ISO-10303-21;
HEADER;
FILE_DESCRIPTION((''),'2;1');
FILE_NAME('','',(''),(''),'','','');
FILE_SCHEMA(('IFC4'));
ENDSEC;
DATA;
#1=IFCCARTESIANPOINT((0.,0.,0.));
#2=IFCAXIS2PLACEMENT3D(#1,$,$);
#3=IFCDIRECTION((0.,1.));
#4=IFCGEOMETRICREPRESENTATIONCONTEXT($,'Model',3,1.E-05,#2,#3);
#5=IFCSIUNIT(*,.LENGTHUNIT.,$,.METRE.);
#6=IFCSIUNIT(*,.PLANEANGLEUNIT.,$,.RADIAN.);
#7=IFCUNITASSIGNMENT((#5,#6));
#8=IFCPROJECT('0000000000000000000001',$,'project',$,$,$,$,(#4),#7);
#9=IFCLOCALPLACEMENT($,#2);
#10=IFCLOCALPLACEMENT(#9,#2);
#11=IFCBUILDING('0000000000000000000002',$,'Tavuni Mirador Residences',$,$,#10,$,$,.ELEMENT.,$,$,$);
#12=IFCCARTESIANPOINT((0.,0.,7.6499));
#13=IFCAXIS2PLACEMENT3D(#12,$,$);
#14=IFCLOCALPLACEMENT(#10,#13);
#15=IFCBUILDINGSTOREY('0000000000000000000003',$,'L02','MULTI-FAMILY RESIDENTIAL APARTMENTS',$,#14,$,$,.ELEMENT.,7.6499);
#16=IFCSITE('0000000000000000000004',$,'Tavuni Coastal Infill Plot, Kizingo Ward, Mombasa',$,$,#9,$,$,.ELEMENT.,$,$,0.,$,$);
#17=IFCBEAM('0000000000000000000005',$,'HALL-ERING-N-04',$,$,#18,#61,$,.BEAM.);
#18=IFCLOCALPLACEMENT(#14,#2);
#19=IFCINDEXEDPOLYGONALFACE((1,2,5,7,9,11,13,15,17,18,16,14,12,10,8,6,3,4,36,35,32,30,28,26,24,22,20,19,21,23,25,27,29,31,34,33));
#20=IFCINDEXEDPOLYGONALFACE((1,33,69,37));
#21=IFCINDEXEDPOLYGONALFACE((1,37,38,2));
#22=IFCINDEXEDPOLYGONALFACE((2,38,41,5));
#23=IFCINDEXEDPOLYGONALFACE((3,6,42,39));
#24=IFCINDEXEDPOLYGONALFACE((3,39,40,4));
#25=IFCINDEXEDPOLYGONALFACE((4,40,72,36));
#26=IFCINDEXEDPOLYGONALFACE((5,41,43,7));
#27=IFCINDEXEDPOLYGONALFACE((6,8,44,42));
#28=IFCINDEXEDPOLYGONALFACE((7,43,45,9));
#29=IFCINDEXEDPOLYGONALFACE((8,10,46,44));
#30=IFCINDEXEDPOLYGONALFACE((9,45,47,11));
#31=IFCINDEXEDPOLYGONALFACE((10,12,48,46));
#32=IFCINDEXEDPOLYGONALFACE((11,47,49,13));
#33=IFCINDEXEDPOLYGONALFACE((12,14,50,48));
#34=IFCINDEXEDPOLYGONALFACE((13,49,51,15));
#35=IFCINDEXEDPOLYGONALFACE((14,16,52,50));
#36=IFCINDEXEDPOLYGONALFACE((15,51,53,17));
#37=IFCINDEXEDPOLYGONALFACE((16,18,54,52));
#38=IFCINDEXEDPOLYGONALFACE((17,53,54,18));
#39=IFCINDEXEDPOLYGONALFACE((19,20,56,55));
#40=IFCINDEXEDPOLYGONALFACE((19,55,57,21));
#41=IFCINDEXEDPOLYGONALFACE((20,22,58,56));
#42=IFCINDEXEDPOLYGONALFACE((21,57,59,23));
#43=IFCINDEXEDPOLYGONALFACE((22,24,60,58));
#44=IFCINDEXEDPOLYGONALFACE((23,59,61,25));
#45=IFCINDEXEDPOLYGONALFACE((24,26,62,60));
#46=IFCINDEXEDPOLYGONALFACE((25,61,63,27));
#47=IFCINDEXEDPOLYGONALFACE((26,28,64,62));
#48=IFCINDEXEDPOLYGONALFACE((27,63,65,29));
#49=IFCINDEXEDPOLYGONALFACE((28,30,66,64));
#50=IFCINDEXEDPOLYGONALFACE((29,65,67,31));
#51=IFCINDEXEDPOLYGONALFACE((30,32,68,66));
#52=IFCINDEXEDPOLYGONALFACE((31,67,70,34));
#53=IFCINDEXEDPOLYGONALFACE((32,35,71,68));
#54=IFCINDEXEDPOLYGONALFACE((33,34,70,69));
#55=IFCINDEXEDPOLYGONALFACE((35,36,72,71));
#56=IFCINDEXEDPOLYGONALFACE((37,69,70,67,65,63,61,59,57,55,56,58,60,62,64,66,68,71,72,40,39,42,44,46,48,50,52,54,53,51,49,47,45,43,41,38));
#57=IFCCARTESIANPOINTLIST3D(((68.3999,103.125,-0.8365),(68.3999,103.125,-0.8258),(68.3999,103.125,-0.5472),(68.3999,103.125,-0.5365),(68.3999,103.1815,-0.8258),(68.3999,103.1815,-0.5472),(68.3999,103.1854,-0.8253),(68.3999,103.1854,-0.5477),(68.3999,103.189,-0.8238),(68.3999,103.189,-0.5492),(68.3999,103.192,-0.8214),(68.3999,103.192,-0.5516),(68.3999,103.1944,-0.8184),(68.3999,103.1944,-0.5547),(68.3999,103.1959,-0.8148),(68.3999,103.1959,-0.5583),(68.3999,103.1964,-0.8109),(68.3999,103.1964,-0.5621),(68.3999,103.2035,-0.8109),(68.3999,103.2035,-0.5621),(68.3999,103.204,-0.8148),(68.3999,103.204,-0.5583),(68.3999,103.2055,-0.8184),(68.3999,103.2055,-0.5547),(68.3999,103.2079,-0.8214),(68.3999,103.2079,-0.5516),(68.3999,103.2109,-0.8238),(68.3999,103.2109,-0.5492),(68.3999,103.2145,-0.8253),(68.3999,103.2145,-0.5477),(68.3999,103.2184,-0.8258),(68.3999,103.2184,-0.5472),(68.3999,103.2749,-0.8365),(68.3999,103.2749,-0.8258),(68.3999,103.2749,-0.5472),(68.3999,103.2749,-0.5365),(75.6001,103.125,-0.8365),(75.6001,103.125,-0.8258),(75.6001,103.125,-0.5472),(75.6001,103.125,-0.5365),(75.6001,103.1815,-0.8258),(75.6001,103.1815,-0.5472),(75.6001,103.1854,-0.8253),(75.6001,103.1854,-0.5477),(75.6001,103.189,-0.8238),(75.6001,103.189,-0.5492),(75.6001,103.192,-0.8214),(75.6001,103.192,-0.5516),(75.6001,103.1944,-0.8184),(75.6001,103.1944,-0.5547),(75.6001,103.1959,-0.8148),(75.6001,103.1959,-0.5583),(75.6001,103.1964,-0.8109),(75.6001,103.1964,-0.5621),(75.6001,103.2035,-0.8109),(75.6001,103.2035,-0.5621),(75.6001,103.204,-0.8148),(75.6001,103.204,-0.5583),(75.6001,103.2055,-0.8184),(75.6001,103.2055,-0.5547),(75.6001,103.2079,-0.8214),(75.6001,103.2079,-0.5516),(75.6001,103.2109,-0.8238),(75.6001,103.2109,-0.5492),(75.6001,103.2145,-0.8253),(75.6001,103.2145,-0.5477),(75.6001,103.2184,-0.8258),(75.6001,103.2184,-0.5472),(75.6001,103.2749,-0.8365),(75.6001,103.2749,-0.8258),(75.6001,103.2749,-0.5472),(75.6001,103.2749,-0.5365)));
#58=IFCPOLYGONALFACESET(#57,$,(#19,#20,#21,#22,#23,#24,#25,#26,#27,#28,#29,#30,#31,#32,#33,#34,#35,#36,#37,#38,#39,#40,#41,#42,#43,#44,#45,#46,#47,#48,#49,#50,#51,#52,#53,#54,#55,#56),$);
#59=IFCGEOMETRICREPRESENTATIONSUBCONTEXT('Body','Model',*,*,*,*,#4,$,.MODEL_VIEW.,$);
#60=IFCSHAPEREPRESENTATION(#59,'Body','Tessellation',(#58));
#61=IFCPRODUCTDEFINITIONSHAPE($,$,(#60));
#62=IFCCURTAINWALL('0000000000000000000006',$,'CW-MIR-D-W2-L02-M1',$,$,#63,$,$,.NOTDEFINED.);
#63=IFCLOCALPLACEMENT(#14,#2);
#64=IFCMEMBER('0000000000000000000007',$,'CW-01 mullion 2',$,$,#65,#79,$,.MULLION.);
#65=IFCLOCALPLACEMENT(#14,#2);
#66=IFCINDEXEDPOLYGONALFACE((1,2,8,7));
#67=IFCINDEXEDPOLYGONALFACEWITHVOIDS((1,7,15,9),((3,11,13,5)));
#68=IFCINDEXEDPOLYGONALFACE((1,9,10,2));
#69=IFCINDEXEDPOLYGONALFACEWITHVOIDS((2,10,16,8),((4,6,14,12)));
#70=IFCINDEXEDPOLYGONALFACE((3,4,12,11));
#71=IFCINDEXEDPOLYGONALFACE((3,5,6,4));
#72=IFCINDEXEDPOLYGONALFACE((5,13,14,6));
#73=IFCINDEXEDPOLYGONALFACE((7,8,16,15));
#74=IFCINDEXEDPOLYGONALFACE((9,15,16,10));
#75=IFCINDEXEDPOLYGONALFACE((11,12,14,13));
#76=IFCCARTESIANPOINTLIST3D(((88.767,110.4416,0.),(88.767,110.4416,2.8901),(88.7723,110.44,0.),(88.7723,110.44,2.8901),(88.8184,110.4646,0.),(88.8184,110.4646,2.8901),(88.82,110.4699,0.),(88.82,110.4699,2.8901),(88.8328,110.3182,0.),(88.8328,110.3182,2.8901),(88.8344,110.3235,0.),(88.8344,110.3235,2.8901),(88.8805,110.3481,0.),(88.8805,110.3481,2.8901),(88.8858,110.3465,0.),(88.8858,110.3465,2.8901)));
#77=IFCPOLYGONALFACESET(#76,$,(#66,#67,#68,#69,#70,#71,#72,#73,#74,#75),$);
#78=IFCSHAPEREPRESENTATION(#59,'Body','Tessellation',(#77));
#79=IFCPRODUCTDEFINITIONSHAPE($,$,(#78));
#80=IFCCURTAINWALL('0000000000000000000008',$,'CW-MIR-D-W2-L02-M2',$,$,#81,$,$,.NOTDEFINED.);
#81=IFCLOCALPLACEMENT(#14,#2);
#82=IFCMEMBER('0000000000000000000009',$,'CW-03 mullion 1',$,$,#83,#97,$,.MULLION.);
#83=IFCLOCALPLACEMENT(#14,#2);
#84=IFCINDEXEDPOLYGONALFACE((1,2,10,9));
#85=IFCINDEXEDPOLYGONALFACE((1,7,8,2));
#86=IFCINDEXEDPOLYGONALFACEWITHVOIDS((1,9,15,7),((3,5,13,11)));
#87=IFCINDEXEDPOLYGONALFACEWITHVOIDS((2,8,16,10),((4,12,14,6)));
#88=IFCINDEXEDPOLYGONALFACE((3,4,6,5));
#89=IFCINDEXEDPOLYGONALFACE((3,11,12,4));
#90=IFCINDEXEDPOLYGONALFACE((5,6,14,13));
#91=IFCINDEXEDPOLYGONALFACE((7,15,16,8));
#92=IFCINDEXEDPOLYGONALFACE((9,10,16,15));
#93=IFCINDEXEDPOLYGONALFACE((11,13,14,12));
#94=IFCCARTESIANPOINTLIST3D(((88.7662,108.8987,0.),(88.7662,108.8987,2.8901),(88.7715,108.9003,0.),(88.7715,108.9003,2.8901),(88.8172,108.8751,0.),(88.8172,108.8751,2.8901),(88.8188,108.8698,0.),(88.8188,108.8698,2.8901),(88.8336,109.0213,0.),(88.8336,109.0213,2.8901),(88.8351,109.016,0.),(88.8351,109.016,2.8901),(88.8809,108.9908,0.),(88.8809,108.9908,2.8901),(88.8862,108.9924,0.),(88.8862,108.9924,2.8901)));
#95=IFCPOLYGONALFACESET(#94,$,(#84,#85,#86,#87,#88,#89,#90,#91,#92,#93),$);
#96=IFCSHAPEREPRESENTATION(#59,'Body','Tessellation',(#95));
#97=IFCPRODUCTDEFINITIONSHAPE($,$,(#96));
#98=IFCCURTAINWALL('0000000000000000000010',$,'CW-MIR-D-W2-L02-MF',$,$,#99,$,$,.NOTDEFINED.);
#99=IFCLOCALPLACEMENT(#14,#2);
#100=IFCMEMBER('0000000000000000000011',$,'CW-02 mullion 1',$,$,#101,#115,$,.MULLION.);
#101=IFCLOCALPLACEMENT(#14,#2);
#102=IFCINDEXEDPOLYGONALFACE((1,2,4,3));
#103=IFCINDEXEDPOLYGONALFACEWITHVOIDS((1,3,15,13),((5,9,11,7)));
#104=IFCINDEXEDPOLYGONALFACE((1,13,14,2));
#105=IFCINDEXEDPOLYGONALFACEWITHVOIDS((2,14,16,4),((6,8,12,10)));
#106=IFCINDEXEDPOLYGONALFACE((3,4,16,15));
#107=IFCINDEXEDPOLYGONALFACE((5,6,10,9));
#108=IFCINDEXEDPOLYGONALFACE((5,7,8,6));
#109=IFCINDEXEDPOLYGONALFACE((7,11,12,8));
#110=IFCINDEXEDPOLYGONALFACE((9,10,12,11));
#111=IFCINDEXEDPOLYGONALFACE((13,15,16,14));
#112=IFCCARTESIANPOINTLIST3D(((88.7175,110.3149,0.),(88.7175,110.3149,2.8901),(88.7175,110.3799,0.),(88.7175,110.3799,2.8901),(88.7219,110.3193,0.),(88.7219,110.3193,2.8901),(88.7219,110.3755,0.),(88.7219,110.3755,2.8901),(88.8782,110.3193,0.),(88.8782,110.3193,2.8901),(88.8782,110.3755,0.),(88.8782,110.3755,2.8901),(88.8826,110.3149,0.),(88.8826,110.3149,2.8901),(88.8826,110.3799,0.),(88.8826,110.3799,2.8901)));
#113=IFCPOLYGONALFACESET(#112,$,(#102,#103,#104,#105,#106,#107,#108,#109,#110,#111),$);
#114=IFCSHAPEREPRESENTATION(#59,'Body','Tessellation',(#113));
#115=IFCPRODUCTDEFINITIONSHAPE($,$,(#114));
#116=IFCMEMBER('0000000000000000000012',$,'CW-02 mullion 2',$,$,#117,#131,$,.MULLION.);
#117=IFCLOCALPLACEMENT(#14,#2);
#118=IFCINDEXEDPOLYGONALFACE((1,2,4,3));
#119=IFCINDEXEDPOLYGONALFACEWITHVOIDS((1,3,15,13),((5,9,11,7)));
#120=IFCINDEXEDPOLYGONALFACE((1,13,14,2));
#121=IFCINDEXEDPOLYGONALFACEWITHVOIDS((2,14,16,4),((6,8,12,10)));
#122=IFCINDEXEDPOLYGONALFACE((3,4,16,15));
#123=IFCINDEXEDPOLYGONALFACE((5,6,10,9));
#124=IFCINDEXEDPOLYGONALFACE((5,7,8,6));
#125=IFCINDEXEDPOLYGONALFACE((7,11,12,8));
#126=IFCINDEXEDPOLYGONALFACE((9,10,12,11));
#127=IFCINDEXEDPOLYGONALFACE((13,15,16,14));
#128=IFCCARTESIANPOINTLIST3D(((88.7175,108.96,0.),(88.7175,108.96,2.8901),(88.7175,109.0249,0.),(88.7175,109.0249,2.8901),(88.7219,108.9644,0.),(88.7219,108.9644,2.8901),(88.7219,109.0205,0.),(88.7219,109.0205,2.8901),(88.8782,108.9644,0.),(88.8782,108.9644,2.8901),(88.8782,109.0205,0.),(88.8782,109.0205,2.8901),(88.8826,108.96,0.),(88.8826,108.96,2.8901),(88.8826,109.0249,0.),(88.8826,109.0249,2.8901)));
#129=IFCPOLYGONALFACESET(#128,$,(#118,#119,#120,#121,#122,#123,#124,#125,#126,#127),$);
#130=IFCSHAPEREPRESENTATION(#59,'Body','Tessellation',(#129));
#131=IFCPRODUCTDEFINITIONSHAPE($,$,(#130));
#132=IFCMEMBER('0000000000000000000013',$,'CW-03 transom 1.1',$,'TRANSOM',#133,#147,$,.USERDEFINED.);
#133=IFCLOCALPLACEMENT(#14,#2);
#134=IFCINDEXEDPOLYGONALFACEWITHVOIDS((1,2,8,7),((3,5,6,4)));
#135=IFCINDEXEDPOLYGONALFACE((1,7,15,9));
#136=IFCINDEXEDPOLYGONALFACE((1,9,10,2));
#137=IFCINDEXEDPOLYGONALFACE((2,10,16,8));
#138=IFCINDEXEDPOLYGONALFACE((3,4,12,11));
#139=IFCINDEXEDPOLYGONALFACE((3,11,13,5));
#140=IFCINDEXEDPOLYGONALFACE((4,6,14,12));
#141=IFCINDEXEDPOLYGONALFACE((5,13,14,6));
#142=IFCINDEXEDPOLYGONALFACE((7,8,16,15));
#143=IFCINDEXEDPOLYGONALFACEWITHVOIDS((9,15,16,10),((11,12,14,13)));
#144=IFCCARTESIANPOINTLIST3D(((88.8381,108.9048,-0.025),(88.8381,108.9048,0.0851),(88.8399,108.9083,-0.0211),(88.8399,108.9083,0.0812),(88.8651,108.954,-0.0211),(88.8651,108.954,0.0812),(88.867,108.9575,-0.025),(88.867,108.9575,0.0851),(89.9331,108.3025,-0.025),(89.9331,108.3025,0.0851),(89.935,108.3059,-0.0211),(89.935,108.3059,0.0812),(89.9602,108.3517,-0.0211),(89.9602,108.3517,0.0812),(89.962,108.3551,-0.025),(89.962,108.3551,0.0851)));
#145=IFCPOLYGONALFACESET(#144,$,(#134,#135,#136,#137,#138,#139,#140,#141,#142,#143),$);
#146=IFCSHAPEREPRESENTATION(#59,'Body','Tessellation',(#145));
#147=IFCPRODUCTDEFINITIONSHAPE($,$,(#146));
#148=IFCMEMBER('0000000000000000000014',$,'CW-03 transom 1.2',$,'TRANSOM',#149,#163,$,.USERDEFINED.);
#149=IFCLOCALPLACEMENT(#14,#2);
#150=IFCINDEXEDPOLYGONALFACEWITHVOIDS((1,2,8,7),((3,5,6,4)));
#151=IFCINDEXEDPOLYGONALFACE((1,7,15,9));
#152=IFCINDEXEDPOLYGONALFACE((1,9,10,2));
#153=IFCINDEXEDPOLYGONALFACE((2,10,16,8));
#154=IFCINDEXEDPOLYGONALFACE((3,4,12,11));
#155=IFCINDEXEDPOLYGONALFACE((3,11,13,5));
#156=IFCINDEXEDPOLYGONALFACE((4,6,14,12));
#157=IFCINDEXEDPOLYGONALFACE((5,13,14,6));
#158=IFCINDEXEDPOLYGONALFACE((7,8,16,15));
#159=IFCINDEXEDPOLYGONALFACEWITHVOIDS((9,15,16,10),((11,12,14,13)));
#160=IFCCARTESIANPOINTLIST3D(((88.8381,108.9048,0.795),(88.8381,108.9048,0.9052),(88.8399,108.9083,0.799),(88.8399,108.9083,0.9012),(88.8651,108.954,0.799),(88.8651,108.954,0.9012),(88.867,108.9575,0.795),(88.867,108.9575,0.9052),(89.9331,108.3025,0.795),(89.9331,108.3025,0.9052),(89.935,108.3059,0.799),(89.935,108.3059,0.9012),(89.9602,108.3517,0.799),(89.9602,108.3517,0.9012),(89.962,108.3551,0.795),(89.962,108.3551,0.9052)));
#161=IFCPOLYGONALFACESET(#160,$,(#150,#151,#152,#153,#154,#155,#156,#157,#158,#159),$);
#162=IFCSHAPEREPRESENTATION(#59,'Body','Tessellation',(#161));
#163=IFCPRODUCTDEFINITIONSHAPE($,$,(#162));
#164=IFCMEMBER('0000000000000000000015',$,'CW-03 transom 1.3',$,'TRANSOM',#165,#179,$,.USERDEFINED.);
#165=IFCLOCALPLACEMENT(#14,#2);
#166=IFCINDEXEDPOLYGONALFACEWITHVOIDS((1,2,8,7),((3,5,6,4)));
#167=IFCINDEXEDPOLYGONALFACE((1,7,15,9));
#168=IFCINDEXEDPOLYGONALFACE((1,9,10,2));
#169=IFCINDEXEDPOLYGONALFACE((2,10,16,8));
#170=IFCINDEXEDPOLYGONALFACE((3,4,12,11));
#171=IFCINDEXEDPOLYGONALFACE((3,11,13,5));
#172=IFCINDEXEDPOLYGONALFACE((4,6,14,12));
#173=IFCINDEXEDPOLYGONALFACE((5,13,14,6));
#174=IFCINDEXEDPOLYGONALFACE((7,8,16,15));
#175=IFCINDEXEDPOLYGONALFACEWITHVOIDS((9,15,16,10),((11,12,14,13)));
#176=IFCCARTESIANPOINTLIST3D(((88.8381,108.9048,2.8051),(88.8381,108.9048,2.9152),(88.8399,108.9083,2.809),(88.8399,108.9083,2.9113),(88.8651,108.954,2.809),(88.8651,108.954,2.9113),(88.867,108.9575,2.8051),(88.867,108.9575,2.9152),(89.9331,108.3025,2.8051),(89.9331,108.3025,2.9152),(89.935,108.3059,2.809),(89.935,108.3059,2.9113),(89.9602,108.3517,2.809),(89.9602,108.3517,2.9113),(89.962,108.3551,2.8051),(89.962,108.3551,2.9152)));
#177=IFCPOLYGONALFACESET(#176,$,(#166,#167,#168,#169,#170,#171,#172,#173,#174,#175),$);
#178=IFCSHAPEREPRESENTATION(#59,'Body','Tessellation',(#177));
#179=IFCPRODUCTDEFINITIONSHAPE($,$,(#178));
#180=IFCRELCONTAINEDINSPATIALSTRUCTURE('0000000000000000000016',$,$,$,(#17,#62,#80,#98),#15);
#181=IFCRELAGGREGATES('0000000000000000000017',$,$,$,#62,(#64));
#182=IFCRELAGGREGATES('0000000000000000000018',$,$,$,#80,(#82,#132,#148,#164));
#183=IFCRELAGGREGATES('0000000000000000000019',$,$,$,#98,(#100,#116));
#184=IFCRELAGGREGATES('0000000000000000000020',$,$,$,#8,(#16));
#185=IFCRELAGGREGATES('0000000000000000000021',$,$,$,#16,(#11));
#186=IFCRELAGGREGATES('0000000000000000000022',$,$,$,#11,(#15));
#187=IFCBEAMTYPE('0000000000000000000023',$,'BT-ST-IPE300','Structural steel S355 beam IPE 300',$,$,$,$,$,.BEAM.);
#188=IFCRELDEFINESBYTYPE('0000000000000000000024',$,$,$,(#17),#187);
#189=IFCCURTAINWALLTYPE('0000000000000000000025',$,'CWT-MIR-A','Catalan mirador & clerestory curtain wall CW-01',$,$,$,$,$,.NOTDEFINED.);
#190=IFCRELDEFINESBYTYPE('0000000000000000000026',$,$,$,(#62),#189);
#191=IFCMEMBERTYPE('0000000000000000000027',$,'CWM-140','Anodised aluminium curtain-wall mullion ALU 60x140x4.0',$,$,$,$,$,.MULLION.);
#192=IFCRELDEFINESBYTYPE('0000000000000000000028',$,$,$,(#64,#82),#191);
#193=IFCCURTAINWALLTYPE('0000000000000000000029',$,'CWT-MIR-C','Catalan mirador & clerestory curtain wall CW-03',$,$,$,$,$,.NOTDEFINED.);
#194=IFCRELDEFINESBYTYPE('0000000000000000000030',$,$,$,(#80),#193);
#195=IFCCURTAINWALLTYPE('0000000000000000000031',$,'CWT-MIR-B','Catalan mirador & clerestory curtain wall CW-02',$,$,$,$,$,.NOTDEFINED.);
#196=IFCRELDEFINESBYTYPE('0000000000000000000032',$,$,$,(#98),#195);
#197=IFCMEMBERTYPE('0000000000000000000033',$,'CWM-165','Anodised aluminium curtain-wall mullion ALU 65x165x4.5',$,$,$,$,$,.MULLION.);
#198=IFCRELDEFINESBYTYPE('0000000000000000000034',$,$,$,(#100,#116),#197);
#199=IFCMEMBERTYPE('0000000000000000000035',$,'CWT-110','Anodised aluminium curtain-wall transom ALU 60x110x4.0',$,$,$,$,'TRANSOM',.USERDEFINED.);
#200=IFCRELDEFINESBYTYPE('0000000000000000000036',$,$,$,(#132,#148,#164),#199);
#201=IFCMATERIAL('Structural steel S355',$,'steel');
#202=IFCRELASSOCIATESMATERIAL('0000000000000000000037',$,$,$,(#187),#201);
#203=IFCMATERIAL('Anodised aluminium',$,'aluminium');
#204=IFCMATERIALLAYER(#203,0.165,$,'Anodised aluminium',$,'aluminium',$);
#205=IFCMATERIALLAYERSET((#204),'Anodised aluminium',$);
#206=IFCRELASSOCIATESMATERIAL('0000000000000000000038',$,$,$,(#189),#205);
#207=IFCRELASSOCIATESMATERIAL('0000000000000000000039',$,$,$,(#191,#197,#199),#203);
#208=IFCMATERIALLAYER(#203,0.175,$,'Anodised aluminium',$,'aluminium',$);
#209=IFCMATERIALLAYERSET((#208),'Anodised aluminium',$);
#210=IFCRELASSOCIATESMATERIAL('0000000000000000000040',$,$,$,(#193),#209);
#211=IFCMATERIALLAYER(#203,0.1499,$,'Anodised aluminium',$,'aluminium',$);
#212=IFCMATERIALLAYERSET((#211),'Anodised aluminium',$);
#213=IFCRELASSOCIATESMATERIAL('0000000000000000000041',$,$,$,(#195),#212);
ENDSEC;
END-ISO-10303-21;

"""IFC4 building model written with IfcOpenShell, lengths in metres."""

from ifc_helpers import new_model, si_unit, direction, frame, origin, origin_2d, place, context, subcontext, project, spatial, hollow_rectangle, i_section, extrude, material, layer, layer_set, material_profile, profile_set, type_object, element, aggregate, save


model = new_model("IFC4")

# Units and contexts
model_context = context("Model", 3, precision=1e-05, world=origin(), true_north=direction((0.0, 1.0)))
body_context = subcontext(model_context, "Body", "Model", "MODEL_VIEW")
ifc_project = project(units=[si_unit("LENGTHUNIT", "METRE"), si_unit("PLANEANGLEUNIT", "RADIAN")], contexts=[model_context])

# Site, building, storey
site_placement = place(None, origin())
site = spatial("IfcSite", under=ifc_project, at=site_placement, Name="Tavuni Coastal Infill Plot, Kizingo Ward, Mombasa", CompositionType="ELEMENT", RefElevation=0.0)
building_placement = place(site_placement, origin())
building = spatial("IfcBuilding", under=site, at=building_placement, Name="Tavuni Mirador Residences", CompositionType="ELEMENT")
storey_placement = place(building_placement, frame((0.0, 0.0, 7.6499)))
storey = spatial("IfcBuildingStorey", under=building, at=storey_placement, Name="L02", Description="MULTI-FAMILY RESIDENTIAL APARTMENTS", CompositionType="ELEMENT", Elevation=7.6499)

# Beam
ifc_material_1 = material(Name="Structural steel S355", Category="steel")
ifc_material_profile_1 = material_profile(ifc_material_1, i_section(OverallWidth=0.1499, OverallDepth=0.3, WebThickness=0.0071, FlangeThickness=0.0107, FilletRadius=0.0149, at=origin_2d()), Name="IPE 300", Category="steel")
ifc_profile_set_1 = profile_set([ifc_material_profile_1], Name="Structural steel S355")
beam_type = type_object("IfcBeamType", Name="BT-ST-IPE300", Description="Structural steel S355 beam IPE 300", PredefinedType="BEAM", material=ifc_profile_set_1)
beam_placement = place(storey_placement, frame((68.3999, 103.2, -0.6865), z_axis=(1.0, 0.0, 0.0), x_axis=(0.0, 1.0, 0.0)))
element("IfcBeam", 1, at=beam_placement, inside=storey, type_object=beam_type, Name="HALL-ERING-N-04", PredefinedType="BEAM", context=body_context, shape_type="SweptSolid", body=[
    extrude(i_section(OverallWidth=0.1499, OverallDepth=0.3, WebThickness=0.0071, FlangeThickness=0.0107, FilletRadius=0.0149, at=origin_2d()), origin(), (0.0, 0.0, 1.0), 7.2002),
])

# Curtain walls, members
ifc_material_2 = material(Name="Anodised aluminium", Category="aluminium")
ifc_layer_1 = layer(ifc_material_2, 0.165, Name="Anodised aluminium", Category="aluminium")
ifc_layer_set_1 = layer_set([ifc_layer_1], Name="Anodised aluminium")
curtain_wall_type_1 = type_object("IfcCurtainWallType", Name="CWT-MIR-A", Description="Catalan mirador & clerestory curtain wall CW-01", PredefinedType="NOTDEFINED", material=ifc_layer_set_1)
curtain_wall_1_placement = place(storey_placement, origin())
curtain_wall_1 = element("IfcCurtainWall", 2, at=curtain_wall_1_placement, inside=storey, type_object=curtain_wall_type_1, Name="CW-MIR-D-W2-L02-M1", PredefinedType="NOTDEFINED")
ifc_material_profile_2 = material_profile(ifc_material_2, hollow_rectangle(XDim=0.0601, YDim=0.1399, WallThickness=0.0039, at=origin_2d()), Name="ALU 60x140x4.0", Category="aluminium")
ifc_profile_set_2 = profile_set([ifc_material_profile_2], Name="Anodised aluminium")
member_type_1 = type_object("IfcMemberType", Name="CWM-140", Description="Anodised aluminium curtain-wall mullion ALU 60x140x4.0", PredefinedType="MULLION", material=ifc_profile_set_2)
member_1_placement = place(storey_placement, frame((88.8264, 110.394, 0.0), z_axis=(0.0, 0.0, 1.0), x_axis=(-0.882353, -0.470588, 0.0)))
member_1 = element("IfcMember", 3, at=member_1_placement, type_object=member_type_1, Name="CW-01 mullion 2", PredefinedType="MULLION", context=body_context, shape_type="SweptSolid", body=[
    extrude(hollow_rectangle(XDim=0.0601, YDim=0.1399, WallThickness=0.0039, at=origin_2d()), origin(), (0.0, 0.0, 1.0), 2.8901),
])
ifc_layer_2 = layer(ifc_material_2, 0.175, Name="Anodised aluminium", Category="aluminium")
ifc_layer_set_2 = layer_set([ifc_layer_2], Name="Anodised aluminium")
curtain_wall_type_2 = type_object("IfcCurtainWallType", Name="CWT-MIR-C", Description="Catalan mirador & clerestory curtain wall CW-03", PredefinedType="NOTDEFINED", material=ifc_layer_set_2)
curtain_wall_2_placement = place(storey_placement, origin())
curtain_wall_2 = element("IfcCurtainWall", 4, at=curtain_wall_2_placement, inside=storey, type_object=curtain_wall_type_2, Name="CW-MIR-D-W2-L02-M2", PredefinedType="NOTDEFINED")
member_2_placement = place(storey_placement, frame((88.8262, 108.9456, 0.0), z_axis=(0.0, 0.0, 1.0), x_axis=(0.876216, -0.481919, 0.0)))
member_2 = element("IfcMember", 5, at=member_2_placement, type_object=member_type_1, Name="CW-03 mullion 1", PredefinedType="MULLION", context=body_context, shape_type="SweptSolid", body=[
    extrude(hollow_rectangle(XDim=0.0601, YDim=0.1399, WallThickness=0.0039, at=origin_2d()), origin(), (0.0, 0.0, 1.0), 2.8901),
])

# Curtain wall, members
ifc_layer_3 = layer(ifc_material_2, 0.1499, Name="Anodised aluminium", Category="aluminium")
ifc_layer_set_3 = layer_set([ifc_layer_3], Name="Anodised aluminium")
curtain_wall_type_3 = type_object("IfcCurtainWallType", Name="CWT-MIR-B", Description="Catalan mirador & clerestory curtain wall CW-02", PredefinedType="NOTDEFINED", material=ifc_layer_set_3)
curtain_wall_3_placement = place(storey_placement, origin())
curtain_wall_3 = element("IfcCurtainWall", 6, at=curtain_wall_3_placement, inside=storey, type_object=curtain_wall_type_3, Name="CW-MIR-D-W2-L02-MF", PredefinedType="NOTDEFINED")
ifc_material_profile_3 = material_profile(ifc_material_2, hollow_rectangle(XDim=0.0649, YDim=0.165, WallThickness=0.0044, at=origin_2d()), Name="ALU 65x165x4.5", Category="aluminium")
ifc_profile_set_3 = profile_set([ifc_material_profile_3], Name="Anodised aluminium")
member_type_2 = type_object("IfcMemberType", Name="CWM-165", Description="Anodised aluminium curtain-wall mullion ALU 65x165x4.5", PredefinedType="MULLION", material=ifc_profile_set_3)
member_3_placement = place(storey_placement, frame((88.8, 110.3474, 0.0), z_axis=(0.0, 0.0, 1.0), x_axis=(0.0, -1.0, 0.0)))
member_3 = element("IfcMember", 7, at=member_3_placement, type_object=member_type_2, Name="CW-02 mullion 1", PredefinedType="MULLION", context=body_context, shape_type="SweptSolid", body=[
    extrude(hollow_rectangle(XDim=0.0649, YDim=0.165, WallThickness=0.0044, at=origin_2d()), origin(), (0.0, 0.0, 1.0), 2.8901),
])
member_4_placement = place(storey_placement, frame((88.8, 108.9924, 0.0), z_axis=(0.0, 0.0, 1.0), x_axis=(0.0, -1.0, 0.0)))
member_4 = element("IfcMember", 8, at=member_4_placement, type_object=member_type_2, Name="CW-02 mullion 2", PredefinedType="MULLION", context=body_context, shape_type="SweptSolid", body=[
    extrude(hollow_rectangle(XDim=0.0649, YDim=0.165, WallThickness=0.0044, at=origin_2d()), origin(), (0.0, 0.0, 1.0), 2.8901),
])

# Members
ifc_material_profile_4 = material_profile(ifc_material_2, hollow_rectangle(XDim=0.0601, YDim=0.1101, WallThickness=0.0039, at=origin_2d()), Name="ALU 60x110x4.0", Category="aluminium")
ifc_profile_set_4 = profile_set([ifc_material_profile_4], Name="Anodised aluminium")
member_type_3 = type_object("IfcMemberType", Name="CWT-110", Description="Anodised aluminium curtain-wall transom ALU 60x110x4.0", ElementType="TRANSOM", PredefinedType="USERDEFINED", material=ifc_profile_set_4)
member_5_placement = place(storey_placement, frame((88.8525, 108.9312, 0.03), z_axis=(0.876195, -0.481956, 0.0), x_axis=(0.481956, 0.876195, 0.0)))
member_5 = element("IfcMember", 9, at=member_5_placement, type_object=member_type_3, Name="CW-03 transom 1.1", ObjectType="TRANSOM", PredefinedType="USERDEFINED", context=body_context, shape_type="SweptSolid", body=[
    extrude(hollow_rectangle(XDim=0.0601, YDim=0.1101, WallThickness=0.0039, at=origin_2d()), origin(), (0.0, 0.0, 1.0), 1.2498),
])
member_6_placement = place(storey_placement, frame((88.8525, 108.9312, 0.8501), z_axis=(0.876195, -0.481956, 0.0), x_axis=(0.481956, 0.876195, 0.0)))
member_6 = element("IfcMember", 10, at=member_6_placement, type_object=member_type_3, Name="CW-03 transom 1.2", ObjectType="TRANSOM", PredefinedType="USERDEFINED", context=body_context, shape_type="SweptSolid", body=[
    extrude(hollow_rectangle(XDim=0.0601, YDim=0.1101, WallThickness=0.0039, at=origin_2d()), origin(), (0.0, 0.0, 1.0), 1.2498),
])
member_7_placement = place(storey_placement, frame((88.8525, 108.9312, 2.8601), z_axis=(0.876195, -0.481956, 0.0), x_axis=(0.481956, 0.876195, 0.0)))
member_7 = element("IfcMember", 11, at=member_7_placement, type_object=member_type_3, Name="CW-03 transom 1.3", ObjectType="TRANSOM", PredefinedType="USERDEFINED", context=body_context, shape_type="SweptSolid", body=[
    extrude(hollow_rectangle(XDim=0.0601, YDim=0.1101, WallThickness=0.0039, at=origin_2d()), origin(), (0.0, 0.0, 1.0), 1.2498),
])

aggregate(curtain_wall_1, [member_1])
aggregate(curtain_wall_2, [member_2, member_5, member_6, member_7])
aggregate(curtain_wall_3, [member_3, member_4])

save(model, "model.ifc")
